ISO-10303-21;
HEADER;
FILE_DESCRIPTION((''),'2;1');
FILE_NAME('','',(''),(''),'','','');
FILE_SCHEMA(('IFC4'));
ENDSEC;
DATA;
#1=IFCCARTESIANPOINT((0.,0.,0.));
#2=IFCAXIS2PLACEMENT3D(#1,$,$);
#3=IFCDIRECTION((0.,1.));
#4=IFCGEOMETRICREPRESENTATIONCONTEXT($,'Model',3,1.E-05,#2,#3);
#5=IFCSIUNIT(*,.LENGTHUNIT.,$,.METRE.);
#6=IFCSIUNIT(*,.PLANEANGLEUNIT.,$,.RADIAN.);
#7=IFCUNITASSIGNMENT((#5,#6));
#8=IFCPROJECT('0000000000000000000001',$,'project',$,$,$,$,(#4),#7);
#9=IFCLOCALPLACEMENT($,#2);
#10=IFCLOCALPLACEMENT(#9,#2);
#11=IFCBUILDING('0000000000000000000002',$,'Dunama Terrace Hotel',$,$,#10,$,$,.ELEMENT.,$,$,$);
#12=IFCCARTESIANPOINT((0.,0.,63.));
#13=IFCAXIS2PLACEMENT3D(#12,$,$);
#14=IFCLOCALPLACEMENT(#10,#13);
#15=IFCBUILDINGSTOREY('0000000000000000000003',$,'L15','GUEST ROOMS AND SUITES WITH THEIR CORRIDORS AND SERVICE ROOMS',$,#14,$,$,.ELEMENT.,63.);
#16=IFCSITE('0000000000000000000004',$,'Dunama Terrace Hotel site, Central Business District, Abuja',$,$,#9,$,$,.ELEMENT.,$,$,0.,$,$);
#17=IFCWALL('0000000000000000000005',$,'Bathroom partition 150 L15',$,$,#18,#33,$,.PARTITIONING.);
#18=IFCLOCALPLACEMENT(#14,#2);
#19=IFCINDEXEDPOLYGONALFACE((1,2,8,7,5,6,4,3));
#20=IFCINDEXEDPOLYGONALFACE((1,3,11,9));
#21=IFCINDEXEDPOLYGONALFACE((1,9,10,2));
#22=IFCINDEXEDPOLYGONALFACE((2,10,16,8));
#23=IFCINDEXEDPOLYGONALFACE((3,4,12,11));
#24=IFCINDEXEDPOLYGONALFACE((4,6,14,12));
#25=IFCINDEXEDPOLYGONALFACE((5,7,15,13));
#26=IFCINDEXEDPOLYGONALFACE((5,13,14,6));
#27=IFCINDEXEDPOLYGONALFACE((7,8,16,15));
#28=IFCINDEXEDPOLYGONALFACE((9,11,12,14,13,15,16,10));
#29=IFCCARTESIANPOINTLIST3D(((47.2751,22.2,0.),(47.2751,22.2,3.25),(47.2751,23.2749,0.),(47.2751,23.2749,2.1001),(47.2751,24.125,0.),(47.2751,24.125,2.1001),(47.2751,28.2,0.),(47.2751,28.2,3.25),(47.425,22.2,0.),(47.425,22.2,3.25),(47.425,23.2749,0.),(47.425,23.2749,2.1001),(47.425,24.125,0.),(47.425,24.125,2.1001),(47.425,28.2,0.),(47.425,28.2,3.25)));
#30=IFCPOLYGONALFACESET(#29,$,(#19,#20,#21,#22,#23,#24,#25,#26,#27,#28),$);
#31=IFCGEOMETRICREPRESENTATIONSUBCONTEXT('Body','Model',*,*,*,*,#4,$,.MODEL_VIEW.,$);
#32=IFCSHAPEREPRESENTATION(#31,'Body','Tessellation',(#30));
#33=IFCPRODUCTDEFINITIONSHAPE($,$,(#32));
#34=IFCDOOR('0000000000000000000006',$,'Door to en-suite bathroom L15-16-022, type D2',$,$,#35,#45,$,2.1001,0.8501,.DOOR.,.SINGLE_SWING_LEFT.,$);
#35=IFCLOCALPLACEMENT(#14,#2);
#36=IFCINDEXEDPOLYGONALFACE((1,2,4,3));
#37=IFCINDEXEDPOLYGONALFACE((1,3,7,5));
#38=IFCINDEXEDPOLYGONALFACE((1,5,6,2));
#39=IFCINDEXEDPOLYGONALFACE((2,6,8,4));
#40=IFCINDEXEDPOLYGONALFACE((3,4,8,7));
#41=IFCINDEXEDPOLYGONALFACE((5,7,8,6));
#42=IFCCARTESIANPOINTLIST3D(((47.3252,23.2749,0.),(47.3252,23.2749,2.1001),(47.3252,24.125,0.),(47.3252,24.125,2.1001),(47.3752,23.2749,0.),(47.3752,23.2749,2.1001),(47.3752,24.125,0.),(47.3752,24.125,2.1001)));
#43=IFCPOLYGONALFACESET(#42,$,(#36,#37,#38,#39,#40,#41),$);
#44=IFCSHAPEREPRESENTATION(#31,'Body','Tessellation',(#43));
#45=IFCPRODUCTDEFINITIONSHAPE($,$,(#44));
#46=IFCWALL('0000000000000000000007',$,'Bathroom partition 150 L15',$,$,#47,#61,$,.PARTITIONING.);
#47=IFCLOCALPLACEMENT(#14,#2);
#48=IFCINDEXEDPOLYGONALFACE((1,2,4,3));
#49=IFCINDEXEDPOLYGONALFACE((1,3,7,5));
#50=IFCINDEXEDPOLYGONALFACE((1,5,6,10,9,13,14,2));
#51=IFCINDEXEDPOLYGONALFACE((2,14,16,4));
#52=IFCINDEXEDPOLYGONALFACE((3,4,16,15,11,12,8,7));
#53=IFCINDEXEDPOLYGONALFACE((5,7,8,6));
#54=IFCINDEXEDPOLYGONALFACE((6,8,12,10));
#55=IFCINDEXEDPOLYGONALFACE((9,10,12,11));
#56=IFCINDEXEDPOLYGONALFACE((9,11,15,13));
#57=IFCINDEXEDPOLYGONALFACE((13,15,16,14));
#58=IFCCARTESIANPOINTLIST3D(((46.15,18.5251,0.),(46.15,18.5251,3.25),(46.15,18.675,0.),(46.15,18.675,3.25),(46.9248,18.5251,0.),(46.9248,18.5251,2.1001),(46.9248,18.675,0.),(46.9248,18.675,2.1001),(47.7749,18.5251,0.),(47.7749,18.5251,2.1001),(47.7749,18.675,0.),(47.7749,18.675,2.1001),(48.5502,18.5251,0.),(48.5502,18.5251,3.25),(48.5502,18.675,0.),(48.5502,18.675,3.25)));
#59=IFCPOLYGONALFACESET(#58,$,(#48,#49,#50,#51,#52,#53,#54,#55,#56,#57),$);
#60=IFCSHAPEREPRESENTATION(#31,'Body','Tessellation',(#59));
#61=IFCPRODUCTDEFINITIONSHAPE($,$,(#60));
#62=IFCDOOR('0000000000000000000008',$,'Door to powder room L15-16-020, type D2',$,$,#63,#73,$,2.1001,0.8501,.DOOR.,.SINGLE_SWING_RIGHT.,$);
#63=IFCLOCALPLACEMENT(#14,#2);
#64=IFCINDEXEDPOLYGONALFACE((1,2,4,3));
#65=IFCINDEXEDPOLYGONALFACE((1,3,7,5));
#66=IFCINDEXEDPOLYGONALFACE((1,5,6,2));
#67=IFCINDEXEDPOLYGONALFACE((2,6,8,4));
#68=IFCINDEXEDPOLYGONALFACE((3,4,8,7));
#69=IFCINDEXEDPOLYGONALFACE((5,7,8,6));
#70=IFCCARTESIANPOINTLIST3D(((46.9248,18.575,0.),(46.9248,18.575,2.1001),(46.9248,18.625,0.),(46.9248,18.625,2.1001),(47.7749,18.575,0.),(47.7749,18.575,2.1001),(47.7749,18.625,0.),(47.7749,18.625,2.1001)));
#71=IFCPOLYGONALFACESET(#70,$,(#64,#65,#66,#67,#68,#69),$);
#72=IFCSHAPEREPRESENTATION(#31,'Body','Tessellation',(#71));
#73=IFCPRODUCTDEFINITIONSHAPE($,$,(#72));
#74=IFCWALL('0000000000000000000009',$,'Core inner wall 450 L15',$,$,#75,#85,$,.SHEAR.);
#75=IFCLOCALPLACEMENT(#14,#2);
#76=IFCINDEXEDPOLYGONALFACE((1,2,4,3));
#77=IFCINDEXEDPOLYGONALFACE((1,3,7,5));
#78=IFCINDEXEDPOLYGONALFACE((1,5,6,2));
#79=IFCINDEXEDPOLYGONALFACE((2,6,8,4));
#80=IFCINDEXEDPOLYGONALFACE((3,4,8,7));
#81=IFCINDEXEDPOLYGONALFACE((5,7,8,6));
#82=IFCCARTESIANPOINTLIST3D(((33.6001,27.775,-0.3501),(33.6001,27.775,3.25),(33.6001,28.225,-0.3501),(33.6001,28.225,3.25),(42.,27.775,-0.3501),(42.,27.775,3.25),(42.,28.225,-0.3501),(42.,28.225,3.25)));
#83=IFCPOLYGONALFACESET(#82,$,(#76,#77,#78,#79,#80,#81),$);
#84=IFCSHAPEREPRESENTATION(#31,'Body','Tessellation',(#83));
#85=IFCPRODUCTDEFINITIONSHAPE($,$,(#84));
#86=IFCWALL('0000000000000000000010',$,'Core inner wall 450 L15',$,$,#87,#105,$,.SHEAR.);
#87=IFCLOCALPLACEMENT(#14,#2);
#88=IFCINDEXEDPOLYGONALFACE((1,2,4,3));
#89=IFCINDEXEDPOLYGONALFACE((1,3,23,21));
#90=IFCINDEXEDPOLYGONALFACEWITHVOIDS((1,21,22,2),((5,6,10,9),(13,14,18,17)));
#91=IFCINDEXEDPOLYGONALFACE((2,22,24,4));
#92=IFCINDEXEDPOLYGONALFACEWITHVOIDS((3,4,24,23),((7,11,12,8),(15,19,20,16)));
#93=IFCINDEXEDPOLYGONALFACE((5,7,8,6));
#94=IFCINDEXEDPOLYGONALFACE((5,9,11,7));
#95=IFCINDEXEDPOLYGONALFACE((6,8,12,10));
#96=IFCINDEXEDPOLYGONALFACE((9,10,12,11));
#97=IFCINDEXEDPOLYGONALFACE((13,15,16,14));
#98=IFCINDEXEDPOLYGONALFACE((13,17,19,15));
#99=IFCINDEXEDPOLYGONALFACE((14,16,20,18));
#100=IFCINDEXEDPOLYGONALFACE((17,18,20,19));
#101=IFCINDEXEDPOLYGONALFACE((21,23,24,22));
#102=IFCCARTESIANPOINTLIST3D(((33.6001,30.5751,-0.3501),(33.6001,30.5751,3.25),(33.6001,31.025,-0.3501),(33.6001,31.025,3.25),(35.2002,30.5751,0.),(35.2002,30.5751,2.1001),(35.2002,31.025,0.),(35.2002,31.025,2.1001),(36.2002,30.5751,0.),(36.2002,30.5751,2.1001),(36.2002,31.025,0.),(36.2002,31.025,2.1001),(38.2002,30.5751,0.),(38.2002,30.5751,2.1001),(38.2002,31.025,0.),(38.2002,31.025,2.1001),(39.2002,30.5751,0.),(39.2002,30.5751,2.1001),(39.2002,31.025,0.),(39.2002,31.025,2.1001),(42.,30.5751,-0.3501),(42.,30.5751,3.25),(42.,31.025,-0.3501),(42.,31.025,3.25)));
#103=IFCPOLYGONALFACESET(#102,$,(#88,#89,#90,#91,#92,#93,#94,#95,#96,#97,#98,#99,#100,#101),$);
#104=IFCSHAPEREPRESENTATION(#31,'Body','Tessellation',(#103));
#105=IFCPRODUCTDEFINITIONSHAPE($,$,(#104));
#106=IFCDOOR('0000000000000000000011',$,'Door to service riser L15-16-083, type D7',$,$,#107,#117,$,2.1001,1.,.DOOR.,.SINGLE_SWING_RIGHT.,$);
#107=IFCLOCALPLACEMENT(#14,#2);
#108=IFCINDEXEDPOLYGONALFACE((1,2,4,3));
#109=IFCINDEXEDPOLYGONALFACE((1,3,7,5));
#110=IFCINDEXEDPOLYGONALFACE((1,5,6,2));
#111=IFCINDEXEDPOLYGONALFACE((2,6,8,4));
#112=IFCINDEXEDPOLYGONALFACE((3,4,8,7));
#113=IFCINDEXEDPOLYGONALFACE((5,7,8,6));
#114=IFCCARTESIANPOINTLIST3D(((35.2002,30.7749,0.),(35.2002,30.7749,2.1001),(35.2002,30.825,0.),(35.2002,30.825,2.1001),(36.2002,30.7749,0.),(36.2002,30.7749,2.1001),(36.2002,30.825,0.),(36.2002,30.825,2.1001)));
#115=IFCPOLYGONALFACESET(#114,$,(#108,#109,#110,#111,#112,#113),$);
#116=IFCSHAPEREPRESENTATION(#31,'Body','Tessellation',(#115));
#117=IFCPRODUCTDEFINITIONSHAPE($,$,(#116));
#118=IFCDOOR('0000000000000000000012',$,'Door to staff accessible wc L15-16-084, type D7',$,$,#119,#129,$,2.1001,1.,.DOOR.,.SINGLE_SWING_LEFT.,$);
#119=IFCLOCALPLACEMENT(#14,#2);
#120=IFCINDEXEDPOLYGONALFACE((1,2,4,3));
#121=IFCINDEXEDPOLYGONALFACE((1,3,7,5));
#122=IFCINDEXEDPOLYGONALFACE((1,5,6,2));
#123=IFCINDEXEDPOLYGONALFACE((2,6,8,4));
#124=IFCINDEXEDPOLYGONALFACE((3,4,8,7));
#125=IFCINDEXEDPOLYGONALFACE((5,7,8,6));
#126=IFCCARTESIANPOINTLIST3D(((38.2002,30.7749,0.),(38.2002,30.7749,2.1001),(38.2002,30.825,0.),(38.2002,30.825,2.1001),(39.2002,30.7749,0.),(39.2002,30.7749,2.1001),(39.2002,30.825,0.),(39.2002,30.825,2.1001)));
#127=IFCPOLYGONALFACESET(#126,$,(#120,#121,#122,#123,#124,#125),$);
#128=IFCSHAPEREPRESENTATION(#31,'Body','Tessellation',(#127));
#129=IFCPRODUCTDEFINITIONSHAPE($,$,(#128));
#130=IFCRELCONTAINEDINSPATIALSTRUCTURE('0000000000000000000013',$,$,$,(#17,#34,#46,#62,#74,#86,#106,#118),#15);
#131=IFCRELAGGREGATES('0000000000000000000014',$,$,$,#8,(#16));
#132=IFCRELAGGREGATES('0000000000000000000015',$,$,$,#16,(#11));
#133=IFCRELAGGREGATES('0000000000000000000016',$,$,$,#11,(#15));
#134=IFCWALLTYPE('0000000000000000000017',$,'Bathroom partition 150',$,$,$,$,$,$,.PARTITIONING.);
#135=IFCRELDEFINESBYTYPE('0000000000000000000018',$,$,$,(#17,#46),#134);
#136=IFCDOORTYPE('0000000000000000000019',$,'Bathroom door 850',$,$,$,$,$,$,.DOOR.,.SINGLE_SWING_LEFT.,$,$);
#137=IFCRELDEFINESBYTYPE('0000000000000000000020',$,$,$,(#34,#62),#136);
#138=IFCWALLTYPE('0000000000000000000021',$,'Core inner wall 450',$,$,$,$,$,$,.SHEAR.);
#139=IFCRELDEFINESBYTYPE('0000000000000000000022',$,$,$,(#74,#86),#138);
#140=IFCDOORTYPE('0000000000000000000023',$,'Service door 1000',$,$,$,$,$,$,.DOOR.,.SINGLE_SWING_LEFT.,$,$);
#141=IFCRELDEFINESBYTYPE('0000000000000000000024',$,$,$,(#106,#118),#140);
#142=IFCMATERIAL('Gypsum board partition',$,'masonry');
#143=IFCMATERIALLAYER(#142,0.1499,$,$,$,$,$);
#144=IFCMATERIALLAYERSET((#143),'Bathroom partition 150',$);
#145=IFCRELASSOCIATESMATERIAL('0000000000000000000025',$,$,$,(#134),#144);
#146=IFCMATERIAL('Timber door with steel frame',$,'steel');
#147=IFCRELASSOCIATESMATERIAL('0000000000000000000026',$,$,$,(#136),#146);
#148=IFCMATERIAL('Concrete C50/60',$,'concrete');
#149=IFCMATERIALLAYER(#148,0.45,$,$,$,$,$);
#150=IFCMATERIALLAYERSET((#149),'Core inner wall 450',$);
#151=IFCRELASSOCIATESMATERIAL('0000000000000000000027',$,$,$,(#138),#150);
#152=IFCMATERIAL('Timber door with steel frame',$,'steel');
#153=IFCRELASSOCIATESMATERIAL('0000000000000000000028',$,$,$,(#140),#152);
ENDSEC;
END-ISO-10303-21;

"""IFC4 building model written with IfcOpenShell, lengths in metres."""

from ifc_helpers import new_model, si_unit, direction, frame, frame_2d, origin, place, context, subcontext, project, spatial, rectangle, extrude, material, layer, layer_set, type_object, element, fill, save


model = new_model("IFC4")

# Units and contexts
model_context = context("Model", 3, precision=1e-05, world=origin(), true_north=direction((0.0, 1.0)))
body_context = subcontext(model_context, "Body", "Model", "MODEL_VIEW")
ifc_project = project(units=[si_unit("LENGTHUNIT", "METRE"), si_unit("PLANEANGLEUNIT", "RADIAN")], contexts=[model_context])

# Site, building, storey
site_placement = place(None, origin())
site = spatial("IfcSite", under=ifc_project, at=site_placement, Name="Dunama Terrace Hotel site, Central Business District, Abuja", CompositionType="ELEMENT", RefElevation=0.0)
building_placement = place(site_placement, origin())
building = spatial("IfcBuilding", under=site, at=building_placement, Name="Dunama Terrace Hotel", CompositionType="ELEMENT")
storey_placement = place(building_placement, frame((0.0, 0.0, 63.0)))
storey = spatial("IfcBuildingStorey", under=building, at=storey_placement, Name="L15", Description="GUEST ROOMS AND SUITES WITH THEIR CORRIDORS AND SERVICE ROOMS", CompositionType="ELEMENT", Elevation=63.0)

# Walls, openings, doors
ifc_material_1 = material(Name="Gypsum board partition", Category="masonry")
ifc_layer_1 = layer(ifc_material_1, 0.1499)
ifc_layer_set_1 = layer_set([ifc_layer_1], Name="Bathroom partition 150")
wall_type_1 = type_object("IfcWallType", Name="Bathroom partition 150", PredefinedType="PARTITIONING", material=ifc_layer_set_1)
wall_1_placement = place(storey_placement, frame((47.3501, 22.2, 0.0), z_axis=(0.0, 0.0, 1.0), x_axis=(0.0, 1.0, 0.0)))
wall_1 = element("IfcWall", 1, at=wall_1_placement, inside=storey, type_object=wall_type_1, Name="Bathroom partition 150 L15", PredefinedType="PARTITIONING", context=body_context, shape_type="SweptSolid", body=[
    extrude(rectangle(XDim=6.0, YDim=0.1499, at=frame_2d((3.0, 0.0))), origin(), (0.0, 0.0, 1.0), 3.25),
])
opening_1_placement = place(wall_1_placement, frame((1.075, 0.0, 0.0)))
opening_1 = element("IfcOpeningElement", 2, at=opening_1_placement, cuts=wall_1, PredefinedType="OPENING", context=body_context, shape_type="SweptSolid", body=[
    extrude(rectangle(XDim=0.8501, YDim=2.1001, at=frame_2d((0.425, 1.05))), frame((0.0, 0.085, 0.0), z_axis=(0.0, -1.0, 0.0), x_axis=(1.0, 0.0, 0.0)), (0.0, 0.0, 1.0), 0.1699),
])
ifc_material_2 = material(Name="Timber door with steel frame", Category="steel")
door_type_1 = type_object("IfcDoorType", Name="Bathroom door 850", OperationType="SINGLE_SWING_LEFT", PredefinedType="DOOR", material=ifc_material_2)
door_1_placement = place(opening_1_placement, frame((0.8501, 0.0, 0.0), z_axis=(0.0, 0.0, 1.0), x_axis=(-1.0, 0.0, 0.0)))
door_1 = element("IfcDoor", 3, at=door_1_placement, inside=storey, type_object=door_type_1, Name="Door to en-suite bathroom L15-16-022, type D2", OperationType="SINGLE_SWING_LEFT", OverallHeight=2.1001, OverallWidth=0.8501, PredefinedType="DOOR", context=body_context, shape_type="SweptSolid", body=[
    extrude(rectangle(XDim=0.8501, YDim=2.1001, at=frame_2d((0.425, 1.05))), frame((0.0, 0.0251, 0.0), z_axis=(0.0, -1.0, 0.0), x_axis=(1.0, 0.0, 0.0)), (0.0, 0.0, 1.0), 0.05),
])
fill(opening_1, door_1)
wall_2_placement = place(storey_placement, frame((46.1499, 18.6001, 0.0), z_axis=(0.0, 0.0, 1.0), x_axis=(1.0, 0.0, 0.0)))
wall_2 = element("IfcWall", 4, at=wall_2_placement, inside=storey, type_object=wall_type_1, Name="Bathroom partition 150 L15", PredefinedType="PARTITIONING", context=body_context, shape_type="SweptSolid", body=[
    extrude(rectangle(XDim=2.4001, YDim=0.1499, at=frame_2d((1.2002, 0.0))), origin(), (0.0, 0.0, 1.0), 3.25),
])
opening_2_placement = place(wall_2_placement, frame((0.7749, 0.0, 0.0)))
opening_2 = element("IfcOpeningElement", 5, at=opening_2_placement, cuts=wall_2, PredefinedType="OPENING", context=body_context, shape_type="SweptSolid", body=[
    extrude(rectangle(XDim=0.8501, YDim=2.1001, at=frame_2d((0.425, 1.05))), frame((0.0, 0.085, 0.0), z_axis=(0.0, -1.0, 0.0), x_axis=(1.0, 0.0, 0.0)), (0.0, 0.0, 1.0), 0.1699),
])
door_2_placement = place(opening_2_placement, frame((0.8501, 0.0, 0.0), z_axis=(0.0, 0.0, 1.0), x_axis=(-1.0, 0.0, 0.0)))
door_2 = element("IfcDoor", 6, at=door_2_placement, inside=storey, type_object=door_type_1, Name="Door to powder room L15-16-020, type D2", OperationType="SINGLE_SWING_RIGHT", OverallHeight=2.1001, OverallWidth=0.8501, PredefinedType="DOOR", context=body_context, shape_type="SweptSolid", body=[
    extrude(rectangle(XDim=0.8501, YDim=2.1001, at=frame_2d((0.425, 1.05))), frame((0.0, 0.0251, 0.0), z_axis=(0.0, -1.0, 0.0), x_axis=(1.0, 0.0, 0.0)), (0.0, 0.0, 1.0), 0.05),
])
fill(opening_2, door_2)

# Wall
ifc_material_3 = material(Name="Concrete C50/60", Category="concrete")
ifc_layer_2 = layer(ifc_material_3, 0.45)
ifc_layer_set_2 = layer_set([ifc_layer_2], Name="Core inner wall 450")
wall_type_2 = type_object("IfcWallType", Name="Core inner wall 450", PredefinedType="SHEAR", material=ifc_layer_set_2)
wall_3_placement = place(storey_placement, frame((33.6001, 28.0, -0.3501), z_axis=(0.0, 0.0, 1.0), x_axis=(1.0, 0.0, 0.0)))
element("IfcWall", 7, at=wall_3_placement, inside=storey, type_object=wall_type_2, Name="Core inner wall 450 L15", PredefinedType="SHEAR", context=body_context, shape_type="SweptSolid", body=[
    extrude(rectangle(XDim=8.3999, YDim=0.45, at=frame_2d((4.2, 0.0))), origin(), (0.0, 0.0, 1.0), 3.6001),
])

# Wall, openings, doors
wall_4_placement = place(storey_placement, frame((33.6001, 30.8, -0.3501), z_axis=(0.0, 0.0, 1.0), x_axis=(1.0, 0.0, 0.0)))
wall_4 = element("IfcWall", 8, at=wall_4_placement, inside=storey, type_object=wall_type_2, Name="Core inner wall 450 L15", PredefinedType="SHEAR", context=body_context, shape_type="SweptSolid", body=[
    extrude(rectangle(XDim=8.3999, YDim=0.45, at=frame_2d((4.2, 0.0))), origin(), (0.0, 0.0, 1.0), 3.6001),
])
opening_3_placement = place(wall_4_placement, frame((1.6001, 0.0, 0.3501)))
opening_3 = element("IfcOpeningElement", 9, at=opening_3_placement, cuts=wall_4, PredefinedType="OPENING", context=body_context, shape_type="SweptSolid", body=[
    extrude(rectangle(XDim=1.0, YDim=2.1001, at=frame_2d((0.5, 1.05))), frame((0.0, 0.2349, 0.0), z_axis=(0.0, -1.0, 0.0), x_axis=(1.0, 0.0, 0.0)), (0.0, 0.0, 1.0), 0.47),
])
opening_4_placement = place(wall_4_placement, frame((4.6001, 0.0, 0.3501)))
opening_4 = element("IfcOpeningElement", 10, at=opening_4_placement, cuts=wall_4, PredefinedType="OPENING", context=body_context, shape_type="SweptSolid", body=[
    extrude(rectangle(XDim=1.0, YDim=2.1001, at=frame_2d((0.5, 1.05))), frame((0.0, 0.2349, 0.0), z_axis=(0.0, -1.0, 0.0), x_axis=(1.0, 0.0, 0.0)), (0.0, 0.0, 1.0), 0.47),
])
ifc_material_4 = material(Name="Timber door with steel frame", Category="steel")
door_type_2 = type_object("IfcDoorType", Name="Service door 1000", OperationType="SINGLE_SWING_LEFT", PredefinedType="DOOR", material=ifc_material_4)
door_3_placement = place(opening_3_placement, origin())
door_3 = element("IfcDoor", 11, at=door_3_placement, inside=storey, type_object=door_type_2, Name="Door to service riser L15-16-083, type D7", OperationType="SINGLE_SWING_RIGHT", OverallHeight=2.1001, OverallWidth=1.0, PredefinedType="DOOR", context=body_context, shape_type="SweptSolid", body=[
    extrude(rectangle(XDim=1.0, YDim=2.1001, at=frame_2d((0.5, 1.05))), frame((0.0, 0.0249, 0.0), z_axis=(0.0, -1.0, 0.0), x_axis=(1.0, 0.0, 0.0)), (0.0, 0.0, 1.0), 0.05),
])
fill(opening_3, door_3)
door_4_placement = place(opening_4_placement, origin())
door_4 = element("IfcDoor", 12, at=door_4_placement, inside=storey, type_object=door_type_2, Name="Door to staff accessible wc L15-16-084, type D7", OperationType="SINGLE_SWING_LEFT", OverallHeight=2.1001, OverallWidth=1.0, PredefinedType="DOOR", context=body_context, shape_type="SweptSolid", body=[
    extrude(rectangle(XDim=1.0, YDim=2.1001, at=frame_2d((0.5, 1.05))), frame((0.0, 0.0249, 0.0), z_axis=(0.0, -1.0, 0.0), x_axis=(1.0, 0.0, 0.0)), (0.0, 0.0, 1.0), 0.05),
])
fill(opening_4, door_4)

save(model, "model.ifc")
